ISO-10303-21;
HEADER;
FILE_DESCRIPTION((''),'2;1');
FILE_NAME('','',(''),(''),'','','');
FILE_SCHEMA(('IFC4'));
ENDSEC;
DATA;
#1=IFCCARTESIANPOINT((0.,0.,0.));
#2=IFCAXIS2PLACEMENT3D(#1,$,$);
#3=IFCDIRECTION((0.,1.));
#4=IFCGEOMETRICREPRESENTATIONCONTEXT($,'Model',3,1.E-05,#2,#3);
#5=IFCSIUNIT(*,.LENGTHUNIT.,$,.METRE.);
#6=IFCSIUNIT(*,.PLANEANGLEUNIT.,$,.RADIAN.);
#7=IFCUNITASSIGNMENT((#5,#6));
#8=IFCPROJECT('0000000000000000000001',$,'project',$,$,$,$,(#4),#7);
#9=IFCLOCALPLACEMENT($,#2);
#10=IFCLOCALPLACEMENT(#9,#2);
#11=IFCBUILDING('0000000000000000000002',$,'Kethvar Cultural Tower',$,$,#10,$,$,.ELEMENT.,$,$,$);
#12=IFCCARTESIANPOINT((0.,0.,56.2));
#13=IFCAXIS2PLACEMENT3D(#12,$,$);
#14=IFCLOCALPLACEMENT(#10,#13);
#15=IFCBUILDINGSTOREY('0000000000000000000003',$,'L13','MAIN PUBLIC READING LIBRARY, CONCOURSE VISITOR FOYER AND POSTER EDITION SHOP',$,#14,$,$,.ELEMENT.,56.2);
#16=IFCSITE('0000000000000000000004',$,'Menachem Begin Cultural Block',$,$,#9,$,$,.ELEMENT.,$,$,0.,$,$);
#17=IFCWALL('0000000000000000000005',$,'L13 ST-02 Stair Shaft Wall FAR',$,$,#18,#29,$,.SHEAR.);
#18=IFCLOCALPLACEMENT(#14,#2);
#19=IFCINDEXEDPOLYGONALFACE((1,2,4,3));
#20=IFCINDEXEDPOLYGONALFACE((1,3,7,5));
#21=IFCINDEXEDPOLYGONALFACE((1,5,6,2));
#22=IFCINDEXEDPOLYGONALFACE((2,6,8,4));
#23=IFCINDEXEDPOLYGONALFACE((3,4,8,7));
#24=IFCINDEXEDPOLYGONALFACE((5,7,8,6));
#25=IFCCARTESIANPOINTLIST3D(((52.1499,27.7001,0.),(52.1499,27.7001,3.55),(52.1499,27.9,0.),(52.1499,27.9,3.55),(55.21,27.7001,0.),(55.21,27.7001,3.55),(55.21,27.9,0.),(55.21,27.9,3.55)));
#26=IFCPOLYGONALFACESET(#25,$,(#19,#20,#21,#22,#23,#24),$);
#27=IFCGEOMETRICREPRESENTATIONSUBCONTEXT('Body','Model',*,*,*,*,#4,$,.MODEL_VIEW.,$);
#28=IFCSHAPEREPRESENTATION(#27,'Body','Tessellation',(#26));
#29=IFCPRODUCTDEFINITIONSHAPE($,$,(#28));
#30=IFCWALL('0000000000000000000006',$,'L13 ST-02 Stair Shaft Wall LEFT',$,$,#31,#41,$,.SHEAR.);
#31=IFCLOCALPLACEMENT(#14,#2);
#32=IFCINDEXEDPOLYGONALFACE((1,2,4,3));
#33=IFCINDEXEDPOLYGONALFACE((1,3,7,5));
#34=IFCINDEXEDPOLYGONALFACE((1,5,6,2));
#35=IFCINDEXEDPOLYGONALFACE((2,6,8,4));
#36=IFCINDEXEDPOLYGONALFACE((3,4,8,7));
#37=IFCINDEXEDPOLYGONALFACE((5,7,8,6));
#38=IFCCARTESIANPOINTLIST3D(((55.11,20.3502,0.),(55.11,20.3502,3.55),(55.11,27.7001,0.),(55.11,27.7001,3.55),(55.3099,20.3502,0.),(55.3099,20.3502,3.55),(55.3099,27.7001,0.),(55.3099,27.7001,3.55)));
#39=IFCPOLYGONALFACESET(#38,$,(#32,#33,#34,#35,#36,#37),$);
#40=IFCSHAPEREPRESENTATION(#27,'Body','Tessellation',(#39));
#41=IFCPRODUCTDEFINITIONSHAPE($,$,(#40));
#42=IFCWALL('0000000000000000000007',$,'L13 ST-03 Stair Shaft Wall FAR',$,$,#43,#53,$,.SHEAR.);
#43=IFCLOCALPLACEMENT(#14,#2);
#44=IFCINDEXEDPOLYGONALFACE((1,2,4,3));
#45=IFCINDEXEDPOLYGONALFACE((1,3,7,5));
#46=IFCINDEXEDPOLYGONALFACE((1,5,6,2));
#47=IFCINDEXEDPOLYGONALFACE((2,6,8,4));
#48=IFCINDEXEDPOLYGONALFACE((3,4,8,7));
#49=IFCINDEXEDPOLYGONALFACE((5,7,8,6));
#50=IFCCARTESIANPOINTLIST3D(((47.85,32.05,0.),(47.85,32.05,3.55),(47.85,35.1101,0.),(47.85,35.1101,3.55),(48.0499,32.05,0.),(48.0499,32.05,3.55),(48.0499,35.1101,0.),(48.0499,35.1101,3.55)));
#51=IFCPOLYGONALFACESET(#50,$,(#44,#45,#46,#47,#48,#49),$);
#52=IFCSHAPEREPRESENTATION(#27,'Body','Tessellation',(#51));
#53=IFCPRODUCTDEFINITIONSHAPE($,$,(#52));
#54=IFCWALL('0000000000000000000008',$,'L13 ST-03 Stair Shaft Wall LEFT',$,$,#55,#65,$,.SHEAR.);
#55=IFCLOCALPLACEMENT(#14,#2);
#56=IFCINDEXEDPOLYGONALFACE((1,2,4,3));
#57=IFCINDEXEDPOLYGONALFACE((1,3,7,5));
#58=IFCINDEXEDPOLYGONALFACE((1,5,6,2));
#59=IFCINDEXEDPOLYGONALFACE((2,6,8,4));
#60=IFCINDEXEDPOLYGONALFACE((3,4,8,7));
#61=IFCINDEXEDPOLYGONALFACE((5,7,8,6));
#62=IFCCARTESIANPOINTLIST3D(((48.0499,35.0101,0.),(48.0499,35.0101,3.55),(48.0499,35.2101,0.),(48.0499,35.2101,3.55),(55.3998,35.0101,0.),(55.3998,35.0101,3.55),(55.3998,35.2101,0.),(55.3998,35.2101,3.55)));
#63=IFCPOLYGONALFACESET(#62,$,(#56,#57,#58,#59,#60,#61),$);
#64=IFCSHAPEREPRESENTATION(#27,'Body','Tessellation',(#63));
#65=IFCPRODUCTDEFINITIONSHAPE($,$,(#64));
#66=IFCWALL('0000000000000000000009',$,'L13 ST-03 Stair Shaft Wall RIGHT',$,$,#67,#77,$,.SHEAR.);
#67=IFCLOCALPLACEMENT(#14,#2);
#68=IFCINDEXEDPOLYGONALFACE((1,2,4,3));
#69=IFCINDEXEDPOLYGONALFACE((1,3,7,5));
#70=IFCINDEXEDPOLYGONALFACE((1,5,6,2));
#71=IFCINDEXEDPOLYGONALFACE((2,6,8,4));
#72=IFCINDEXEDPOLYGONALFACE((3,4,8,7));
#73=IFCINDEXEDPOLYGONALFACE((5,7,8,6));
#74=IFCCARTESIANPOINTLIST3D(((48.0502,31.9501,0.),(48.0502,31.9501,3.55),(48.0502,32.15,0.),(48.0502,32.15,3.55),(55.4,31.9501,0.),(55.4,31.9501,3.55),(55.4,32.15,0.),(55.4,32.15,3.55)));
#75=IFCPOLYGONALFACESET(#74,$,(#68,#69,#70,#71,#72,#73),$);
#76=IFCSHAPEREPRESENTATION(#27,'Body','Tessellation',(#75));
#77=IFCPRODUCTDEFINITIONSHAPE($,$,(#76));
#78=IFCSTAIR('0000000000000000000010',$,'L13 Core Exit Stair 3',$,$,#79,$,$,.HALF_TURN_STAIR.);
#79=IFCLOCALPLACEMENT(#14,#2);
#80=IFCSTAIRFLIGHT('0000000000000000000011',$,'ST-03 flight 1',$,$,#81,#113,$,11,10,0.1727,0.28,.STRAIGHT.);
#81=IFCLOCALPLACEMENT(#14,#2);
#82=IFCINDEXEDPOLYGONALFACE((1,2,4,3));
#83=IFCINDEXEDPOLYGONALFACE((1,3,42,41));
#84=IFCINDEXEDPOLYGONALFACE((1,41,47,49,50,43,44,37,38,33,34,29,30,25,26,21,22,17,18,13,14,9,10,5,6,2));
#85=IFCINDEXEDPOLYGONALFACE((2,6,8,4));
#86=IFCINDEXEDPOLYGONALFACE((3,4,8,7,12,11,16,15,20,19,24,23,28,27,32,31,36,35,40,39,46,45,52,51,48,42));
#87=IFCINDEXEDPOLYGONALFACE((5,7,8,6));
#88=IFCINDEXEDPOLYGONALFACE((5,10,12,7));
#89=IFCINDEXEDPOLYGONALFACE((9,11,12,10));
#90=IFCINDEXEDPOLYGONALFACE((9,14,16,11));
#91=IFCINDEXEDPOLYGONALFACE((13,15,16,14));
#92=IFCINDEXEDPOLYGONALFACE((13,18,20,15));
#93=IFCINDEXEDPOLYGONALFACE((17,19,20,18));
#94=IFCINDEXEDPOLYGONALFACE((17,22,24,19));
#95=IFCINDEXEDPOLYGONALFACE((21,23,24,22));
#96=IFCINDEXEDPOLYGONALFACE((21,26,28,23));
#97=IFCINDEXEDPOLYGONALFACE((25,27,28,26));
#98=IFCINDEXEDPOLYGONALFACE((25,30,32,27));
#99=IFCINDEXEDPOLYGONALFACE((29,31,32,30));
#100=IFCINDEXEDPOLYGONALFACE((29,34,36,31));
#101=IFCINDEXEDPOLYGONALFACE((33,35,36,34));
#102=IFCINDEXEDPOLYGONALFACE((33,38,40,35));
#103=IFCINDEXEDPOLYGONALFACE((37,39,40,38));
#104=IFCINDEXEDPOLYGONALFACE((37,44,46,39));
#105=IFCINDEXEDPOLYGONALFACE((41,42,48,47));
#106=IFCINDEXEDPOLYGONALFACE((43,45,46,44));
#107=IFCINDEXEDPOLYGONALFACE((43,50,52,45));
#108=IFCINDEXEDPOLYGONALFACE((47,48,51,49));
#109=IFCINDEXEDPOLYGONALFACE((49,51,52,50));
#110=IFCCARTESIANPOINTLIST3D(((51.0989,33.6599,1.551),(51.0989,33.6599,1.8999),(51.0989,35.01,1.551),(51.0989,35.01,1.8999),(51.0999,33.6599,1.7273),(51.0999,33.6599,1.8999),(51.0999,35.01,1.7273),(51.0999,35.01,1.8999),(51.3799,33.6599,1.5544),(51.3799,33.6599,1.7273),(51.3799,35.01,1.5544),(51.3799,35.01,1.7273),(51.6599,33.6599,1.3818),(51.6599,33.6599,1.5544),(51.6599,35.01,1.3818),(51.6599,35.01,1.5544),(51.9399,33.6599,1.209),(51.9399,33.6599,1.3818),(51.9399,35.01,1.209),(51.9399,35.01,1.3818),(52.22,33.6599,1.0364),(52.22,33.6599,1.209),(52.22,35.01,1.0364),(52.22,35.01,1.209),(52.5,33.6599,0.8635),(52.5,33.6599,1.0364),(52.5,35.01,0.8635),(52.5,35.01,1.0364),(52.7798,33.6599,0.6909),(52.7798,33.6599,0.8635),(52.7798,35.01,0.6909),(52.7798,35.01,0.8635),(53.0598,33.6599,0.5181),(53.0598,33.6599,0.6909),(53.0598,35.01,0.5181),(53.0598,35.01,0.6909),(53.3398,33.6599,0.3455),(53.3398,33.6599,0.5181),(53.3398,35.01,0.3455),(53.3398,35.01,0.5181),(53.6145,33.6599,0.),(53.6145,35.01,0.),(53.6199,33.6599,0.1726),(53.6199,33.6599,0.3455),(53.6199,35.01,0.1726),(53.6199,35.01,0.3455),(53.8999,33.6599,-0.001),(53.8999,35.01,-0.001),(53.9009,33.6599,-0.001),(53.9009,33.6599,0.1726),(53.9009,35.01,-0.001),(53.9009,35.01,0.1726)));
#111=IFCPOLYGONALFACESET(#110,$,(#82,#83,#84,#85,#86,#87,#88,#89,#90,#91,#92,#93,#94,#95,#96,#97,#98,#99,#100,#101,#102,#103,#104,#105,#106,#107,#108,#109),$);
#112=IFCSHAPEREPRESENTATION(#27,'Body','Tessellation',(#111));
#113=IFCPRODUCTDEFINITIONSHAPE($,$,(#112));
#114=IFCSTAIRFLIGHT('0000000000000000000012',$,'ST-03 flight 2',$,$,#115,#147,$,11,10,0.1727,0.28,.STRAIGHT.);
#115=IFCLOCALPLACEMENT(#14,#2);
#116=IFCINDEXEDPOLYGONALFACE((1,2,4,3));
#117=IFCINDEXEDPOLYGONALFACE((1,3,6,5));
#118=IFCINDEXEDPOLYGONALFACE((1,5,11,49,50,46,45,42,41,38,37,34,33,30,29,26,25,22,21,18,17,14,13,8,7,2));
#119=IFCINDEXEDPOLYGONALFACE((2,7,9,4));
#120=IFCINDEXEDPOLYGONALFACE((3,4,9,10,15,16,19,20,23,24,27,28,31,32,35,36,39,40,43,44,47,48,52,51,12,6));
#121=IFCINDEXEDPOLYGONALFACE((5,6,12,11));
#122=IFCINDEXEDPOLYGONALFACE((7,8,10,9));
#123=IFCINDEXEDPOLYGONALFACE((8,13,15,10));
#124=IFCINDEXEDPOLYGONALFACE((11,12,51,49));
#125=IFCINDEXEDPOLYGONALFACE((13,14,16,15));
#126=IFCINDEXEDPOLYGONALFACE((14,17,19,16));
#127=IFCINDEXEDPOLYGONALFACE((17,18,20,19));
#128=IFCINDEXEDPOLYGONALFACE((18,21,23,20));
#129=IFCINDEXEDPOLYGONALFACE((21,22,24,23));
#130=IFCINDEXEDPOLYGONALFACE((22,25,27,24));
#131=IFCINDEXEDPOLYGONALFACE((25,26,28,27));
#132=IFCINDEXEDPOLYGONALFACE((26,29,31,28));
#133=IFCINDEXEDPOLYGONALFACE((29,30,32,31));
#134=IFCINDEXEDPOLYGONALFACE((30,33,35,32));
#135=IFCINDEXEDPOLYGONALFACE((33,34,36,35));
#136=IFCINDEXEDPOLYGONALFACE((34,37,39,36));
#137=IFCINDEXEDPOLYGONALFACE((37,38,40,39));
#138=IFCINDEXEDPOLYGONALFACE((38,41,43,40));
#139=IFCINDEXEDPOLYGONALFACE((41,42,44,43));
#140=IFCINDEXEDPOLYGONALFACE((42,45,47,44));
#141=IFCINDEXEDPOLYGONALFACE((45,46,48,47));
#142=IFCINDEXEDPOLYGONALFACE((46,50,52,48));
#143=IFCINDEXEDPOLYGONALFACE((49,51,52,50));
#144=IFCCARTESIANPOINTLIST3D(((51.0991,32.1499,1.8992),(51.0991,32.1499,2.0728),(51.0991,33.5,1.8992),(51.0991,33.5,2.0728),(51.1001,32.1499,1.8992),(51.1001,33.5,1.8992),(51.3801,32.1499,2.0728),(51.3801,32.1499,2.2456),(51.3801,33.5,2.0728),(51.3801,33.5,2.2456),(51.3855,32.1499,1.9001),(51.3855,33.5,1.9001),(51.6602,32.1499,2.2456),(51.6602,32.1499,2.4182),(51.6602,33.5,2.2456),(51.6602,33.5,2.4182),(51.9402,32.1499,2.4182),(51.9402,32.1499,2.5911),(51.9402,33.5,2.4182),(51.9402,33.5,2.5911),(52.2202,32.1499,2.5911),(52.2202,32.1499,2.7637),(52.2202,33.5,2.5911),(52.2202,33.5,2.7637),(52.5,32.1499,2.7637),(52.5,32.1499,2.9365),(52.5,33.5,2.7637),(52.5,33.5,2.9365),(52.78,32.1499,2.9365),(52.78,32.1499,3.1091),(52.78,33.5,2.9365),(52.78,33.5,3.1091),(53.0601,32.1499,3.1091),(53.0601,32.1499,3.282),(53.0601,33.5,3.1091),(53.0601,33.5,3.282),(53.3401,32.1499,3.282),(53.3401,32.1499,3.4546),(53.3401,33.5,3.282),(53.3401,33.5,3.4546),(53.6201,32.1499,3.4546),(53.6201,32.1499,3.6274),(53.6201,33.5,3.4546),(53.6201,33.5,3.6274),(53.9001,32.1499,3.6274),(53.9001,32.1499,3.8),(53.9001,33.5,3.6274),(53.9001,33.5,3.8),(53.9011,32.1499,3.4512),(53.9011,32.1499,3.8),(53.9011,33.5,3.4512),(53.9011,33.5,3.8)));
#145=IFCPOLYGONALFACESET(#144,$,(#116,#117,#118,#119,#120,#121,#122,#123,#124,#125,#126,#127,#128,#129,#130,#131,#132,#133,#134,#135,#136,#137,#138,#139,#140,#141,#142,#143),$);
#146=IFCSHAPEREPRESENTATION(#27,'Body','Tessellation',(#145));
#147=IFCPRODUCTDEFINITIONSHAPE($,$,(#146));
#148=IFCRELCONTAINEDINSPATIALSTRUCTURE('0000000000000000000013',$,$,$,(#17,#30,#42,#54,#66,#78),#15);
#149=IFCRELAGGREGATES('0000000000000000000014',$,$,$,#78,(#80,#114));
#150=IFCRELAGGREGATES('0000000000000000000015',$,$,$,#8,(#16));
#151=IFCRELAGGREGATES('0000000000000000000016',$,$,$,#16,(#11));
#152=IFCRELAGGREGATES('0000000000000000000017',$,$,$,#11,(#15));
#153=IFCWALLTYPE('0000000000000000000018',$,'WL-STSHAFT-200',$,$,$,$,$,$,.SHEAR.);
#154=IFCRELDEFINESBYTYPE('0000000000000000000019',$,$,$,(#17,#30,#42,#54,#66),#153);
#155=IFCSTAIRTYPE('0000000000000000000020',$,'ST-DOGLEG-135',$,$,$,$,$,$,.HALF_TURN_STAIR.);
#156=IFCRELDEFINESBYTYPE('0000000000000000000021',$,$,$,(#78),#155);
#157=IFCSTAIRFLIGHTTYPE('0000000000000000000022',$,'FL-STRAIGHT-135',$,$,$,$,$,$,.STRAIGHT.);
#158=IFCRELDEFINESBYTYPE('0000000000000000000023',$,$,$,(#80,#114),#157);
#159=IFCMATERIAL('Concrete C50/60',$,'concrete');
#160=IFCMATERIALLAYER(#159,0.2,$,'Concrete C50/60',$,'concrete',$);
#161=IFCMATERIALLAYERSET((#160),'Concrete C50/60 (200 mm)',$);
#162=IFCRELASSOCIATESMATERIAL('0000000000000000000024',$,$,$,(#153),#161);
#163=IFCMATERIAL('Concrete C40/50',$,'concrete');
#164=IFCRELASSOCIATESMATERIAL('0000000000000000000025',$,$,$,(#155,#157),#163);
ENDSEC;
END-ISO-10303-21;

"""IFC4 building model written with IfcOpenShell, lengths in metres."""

from ifc_helpers import new_model, si_unit, direction, frame, frame_2d, origin, place, context, subcontext, project, spatial, polyline, rectangle, outline, extrude, material, layer, layer_set, type_object, element, aggregate, save


model = new_model("IFC4")

# Units and contexts
model_context = context("Model", 3, precision=1e-05, world=origin(), true_north=direction((0.0, 1.0)))
body_context = subcontext(model_context, "Body", "Model", "MODEL_VIEW")
ifc_project = project(units=[si_unit("LENGTHUNIT", "METRE"), si_unit("PLANEANGLEUNIT", "RADIAN")], contexts=[model_context])

# Site, building, storey
site_placement = place(None, origin())
site = spatial("IfcSite", under=ifc_project, at=site_placement, Name="Menachem Begin Cultural Block", CompositionType="ELEMENT", RefElevation=0.0)
building_placement = place(site_placement, origin())
building = spatial("IfcBuilding", under=site, at=building_placement, Name="Kethvar Cultural Tower", CompositionType="ELEMENT")
storey_placement = place(building_placement, frame((0.0, 0.0, 56.2)))
storey = spatial("IfcBuildingStorey", under=building, at=storey_placement, Name="L13", Description="MAIN PUBLIC READING LIBRARY, CONCOURSE VISITOR FOYER AND POSTER EDITION SHOP", CompositionType="ELEMENT", Elevation=56.2)

# Walls
ifc_material_1 = material(Name="Concrete C40/50", Category="concrete")
ifc_material_2 = material(Name="Concrete C50/60", Category="concrete")
ifc_layer_1 = layer(ifc_material_2, 0.2, Name="Concrete C50/60", Category="concrete")
ifc_layer_set_1 = layer_set([ifc_layer_1], Name="Concrete C50/60 (200 mm)")
wall_type_1 = type_object("IfcWallType", Name="WL-STSHAFT-200", PredefinedType="SHEAR", material=ifc_layer_set_1)
wall_1_placement = place(storey_placement, frame((52.1499, 27.8, 0.0), z_axis=(0.0, 0.0, 1.0), x_axis=(1.0, 0.0, 0.0)))
element("IfcWall", 1, at=wall_1_placement, inside=storey, type_object=wall_type_1, Name="L13 ST-02 Stair Shaft Wall FAR", PredefinedType="SHEAR", context=body_context, shape_type="SweptSolid", body=[
    extrude(rectangle(XDim=3.0601, YDim=0.2, at=frame_2d((1.53, 0.0))), origin(), (0.0, 0.0, 1.0), 3.55),
])
wall_2_placement = place(storey_placement, frame((55.21, 27.7, 0.0), z_axis=(0.0, 0.0, 1.0), x_axis=(0.0, -1.0, 0.0)))
element("IfcWall", 2, at=wall_2_placement, inside=storey, type_object=wall_type_1, Name="L13 ST-02 Stair Shaft Wall LEFT", PredefinedType="SHEAR", context=body_context, shape_type="SweptSolid", body=[
    extrude(rectangle(XDim=7.3499, YDim=0.2, at=frame_2d((3.6748, 0.0))), origin(), (0.0, 0.0, 1.0), 3.55),
])
wall_3_placement = place(storey_placement, frame((47.95, 32.05, 0.0), z_axis=(0.0, 0.0, 1.0), x_axis=(0.0, 1.0, 0.0)))
element("IfcWall", 3, at=wall_3_placement, inside=storey, type_object=wall_type_1, Name="L13 ST-03 Stair Shaft Wall FAR", PredefinedType="SHEAR", context=body_context, shape_type="SweptSolid", body=[
    extrude(rectangle(XDim=3.0601, YDim=0.2, at=frame_2d((1.53, 0.0))), origin(), (0.0, 0.0, 1.0), 3.55),
])
for number, where, z_axis, x_axis, name in (
    (4, (48.05, 35.1101, 0.0), (0.0, 0.0, 1.0), (1.0, 0.0, 0.0), "L13 ST-03 Stair Shaft Wall LEFT"),
    (5, (55.3999, 32.05, 0.0), (0.0, 0.0, 1.0), (-1.0, 0.0, 0.0), "L13 ST-03 Stair Shaft Wall RIGHT"),
):
    element("IfcWall", number, at=place(storey_placement, frame(where, z_axis=z_axis, x_axis=x_axis)), inside=storey, type_object=wall_type_1, Name=name, PredefinedType="SHEAR", context=body_context, shape_type="SweptSolid", body=[
        extrude(rectangle(XDim=7.3499, YDim=0.2, at=frame_2d((3.6748, 0.0))), origin(), (0.0, 0.0, 1.0), 3.55),
    ])

# Stair, stair flights
stair_type = type_object("IfcStairType", Name="ST-DOGLEG-135", PredefinedType="HALF_TURN_STAIR", material=ifc_material_1)
stair_placement = place(storey_placement, origin())
stair = element("IfcStair", 6, at=stair_placement, inside=storey, type_object=stair_type, Name="L13 Core Exit Stair 3", PredefinedType="HALF_TURN_STAIR")
stair_flight_type = type_object("IfcStairFlightType", Name="FL-STRAIGHT-135", PredefinedType="STRAIGHT", material=ifc_material_1)
stair_flight_1_placement = place(storey_placement, frame((53.8999, 34.335, 0.0), z_axis=(0.0, 0.0, 1.0), x_axis=(-1.0, 0.0, 0.0)))
stair_flight_1 = element("IfcStairFlight", 7, at=stair_flight_1_placement, type_object=stair_flight_type, Name="ST-03 flight 1", NumberOfRisers=11, NumberOfTreads=10, PredefinedType="STRAIGHT", RiserHeight=0.1727, TreadLength=0.28, context=body_context, shape_type="SweptSolid", body=[
    extrude(outline(polyline([(-0.001, -0.001), (-0.001, 0.1726), (0.28, 0.1726), (0.28, 0.3455), (0.5601, 0.3455), (0.5601, 0.5181), (0.8401, 0.5181), (0.8401, 0.6909), (1.1201, 0.6909), (1.1201, 0.8635), (1.3999, 0.8635), (1.3999, 1.0364), (1.6799, 1.0364), (1.6799, 1.209), (1.96, 1.209), (1.96, 1.3818), (2.24, 1.3818), (2.24, 1.5544), (2.52, 1.5544), (2.52, 1.7273), (2.8, 1.7273), (2.8, 1.8999), (2.801, 1.8999), (2.801, 1.551), (0.2854, 0.0), (0.0, -0.001), (-0.001, -0.001)])), frame((0.0, 0.675, 0.0), z_axis=(0.0, -1.0, 0.0), x_axis=(1.0, 0.0, 0.0)), (0.0, 0.0, 1.0), 1.3501),
])
stair_flight_2_placement = place(storey_placement, frame((51.1001, 32.825, 1.9001), z_axis=(0.0, 0.0, 1.0), x_axis=(1.0, 0.0, 0.0)))
stair_flight_2 = element("IfcStairFlight", 8, at=stair_flight_2_placement, type_object=stair_flight_type, Name="ST-03 flight 2", NumberOfRisers=11, NumberOfTreads=10, PredefinedType="STRAIGHT", RiserHeight=0.1727, TreadLength=0.28, context=body_context, shape_type="SweptSolid", body=[
    extrude(outline(polyline([(-0.001, -0.001), (-0.001, 0.1726), (0.28, 0.1726), (0.28, 0.3455), (0.5601, 0.3455), (0.5601, 0.5181), (0.8401, 0.5181), (0.8401, 0.6909), (1.1201, 0.6909), (1.1201, 0.8635), (1.3999, 0.8635), (1.3999, 1.0364), (1.6799, 1.0364), (1.6799, 1.209), (1.96, 1.209), (1.96, 1.3818), (2.24, 1.3818), (2.24, 1.5544), (2.52, 1.5544), (2.52, 1.7273), (2.8, 1.7273), (2.8, 1.8999), (2.801, 1.8999), (2.801, 1.551), (0.2854, 0.0), (0.0, -0.001), (-0.001, -0.001)])), frame((0.0, 0.675, 0.0), z_axis=(0.0, -1.0, 0.0), x_axis=(1.0, 0.0, 0.0)), (0.0, 0.0, 1.0), 1.3501),
])
aggregate(stair, [stair_flight_1, stair_flight_2])

save(model, "model.ifc")
